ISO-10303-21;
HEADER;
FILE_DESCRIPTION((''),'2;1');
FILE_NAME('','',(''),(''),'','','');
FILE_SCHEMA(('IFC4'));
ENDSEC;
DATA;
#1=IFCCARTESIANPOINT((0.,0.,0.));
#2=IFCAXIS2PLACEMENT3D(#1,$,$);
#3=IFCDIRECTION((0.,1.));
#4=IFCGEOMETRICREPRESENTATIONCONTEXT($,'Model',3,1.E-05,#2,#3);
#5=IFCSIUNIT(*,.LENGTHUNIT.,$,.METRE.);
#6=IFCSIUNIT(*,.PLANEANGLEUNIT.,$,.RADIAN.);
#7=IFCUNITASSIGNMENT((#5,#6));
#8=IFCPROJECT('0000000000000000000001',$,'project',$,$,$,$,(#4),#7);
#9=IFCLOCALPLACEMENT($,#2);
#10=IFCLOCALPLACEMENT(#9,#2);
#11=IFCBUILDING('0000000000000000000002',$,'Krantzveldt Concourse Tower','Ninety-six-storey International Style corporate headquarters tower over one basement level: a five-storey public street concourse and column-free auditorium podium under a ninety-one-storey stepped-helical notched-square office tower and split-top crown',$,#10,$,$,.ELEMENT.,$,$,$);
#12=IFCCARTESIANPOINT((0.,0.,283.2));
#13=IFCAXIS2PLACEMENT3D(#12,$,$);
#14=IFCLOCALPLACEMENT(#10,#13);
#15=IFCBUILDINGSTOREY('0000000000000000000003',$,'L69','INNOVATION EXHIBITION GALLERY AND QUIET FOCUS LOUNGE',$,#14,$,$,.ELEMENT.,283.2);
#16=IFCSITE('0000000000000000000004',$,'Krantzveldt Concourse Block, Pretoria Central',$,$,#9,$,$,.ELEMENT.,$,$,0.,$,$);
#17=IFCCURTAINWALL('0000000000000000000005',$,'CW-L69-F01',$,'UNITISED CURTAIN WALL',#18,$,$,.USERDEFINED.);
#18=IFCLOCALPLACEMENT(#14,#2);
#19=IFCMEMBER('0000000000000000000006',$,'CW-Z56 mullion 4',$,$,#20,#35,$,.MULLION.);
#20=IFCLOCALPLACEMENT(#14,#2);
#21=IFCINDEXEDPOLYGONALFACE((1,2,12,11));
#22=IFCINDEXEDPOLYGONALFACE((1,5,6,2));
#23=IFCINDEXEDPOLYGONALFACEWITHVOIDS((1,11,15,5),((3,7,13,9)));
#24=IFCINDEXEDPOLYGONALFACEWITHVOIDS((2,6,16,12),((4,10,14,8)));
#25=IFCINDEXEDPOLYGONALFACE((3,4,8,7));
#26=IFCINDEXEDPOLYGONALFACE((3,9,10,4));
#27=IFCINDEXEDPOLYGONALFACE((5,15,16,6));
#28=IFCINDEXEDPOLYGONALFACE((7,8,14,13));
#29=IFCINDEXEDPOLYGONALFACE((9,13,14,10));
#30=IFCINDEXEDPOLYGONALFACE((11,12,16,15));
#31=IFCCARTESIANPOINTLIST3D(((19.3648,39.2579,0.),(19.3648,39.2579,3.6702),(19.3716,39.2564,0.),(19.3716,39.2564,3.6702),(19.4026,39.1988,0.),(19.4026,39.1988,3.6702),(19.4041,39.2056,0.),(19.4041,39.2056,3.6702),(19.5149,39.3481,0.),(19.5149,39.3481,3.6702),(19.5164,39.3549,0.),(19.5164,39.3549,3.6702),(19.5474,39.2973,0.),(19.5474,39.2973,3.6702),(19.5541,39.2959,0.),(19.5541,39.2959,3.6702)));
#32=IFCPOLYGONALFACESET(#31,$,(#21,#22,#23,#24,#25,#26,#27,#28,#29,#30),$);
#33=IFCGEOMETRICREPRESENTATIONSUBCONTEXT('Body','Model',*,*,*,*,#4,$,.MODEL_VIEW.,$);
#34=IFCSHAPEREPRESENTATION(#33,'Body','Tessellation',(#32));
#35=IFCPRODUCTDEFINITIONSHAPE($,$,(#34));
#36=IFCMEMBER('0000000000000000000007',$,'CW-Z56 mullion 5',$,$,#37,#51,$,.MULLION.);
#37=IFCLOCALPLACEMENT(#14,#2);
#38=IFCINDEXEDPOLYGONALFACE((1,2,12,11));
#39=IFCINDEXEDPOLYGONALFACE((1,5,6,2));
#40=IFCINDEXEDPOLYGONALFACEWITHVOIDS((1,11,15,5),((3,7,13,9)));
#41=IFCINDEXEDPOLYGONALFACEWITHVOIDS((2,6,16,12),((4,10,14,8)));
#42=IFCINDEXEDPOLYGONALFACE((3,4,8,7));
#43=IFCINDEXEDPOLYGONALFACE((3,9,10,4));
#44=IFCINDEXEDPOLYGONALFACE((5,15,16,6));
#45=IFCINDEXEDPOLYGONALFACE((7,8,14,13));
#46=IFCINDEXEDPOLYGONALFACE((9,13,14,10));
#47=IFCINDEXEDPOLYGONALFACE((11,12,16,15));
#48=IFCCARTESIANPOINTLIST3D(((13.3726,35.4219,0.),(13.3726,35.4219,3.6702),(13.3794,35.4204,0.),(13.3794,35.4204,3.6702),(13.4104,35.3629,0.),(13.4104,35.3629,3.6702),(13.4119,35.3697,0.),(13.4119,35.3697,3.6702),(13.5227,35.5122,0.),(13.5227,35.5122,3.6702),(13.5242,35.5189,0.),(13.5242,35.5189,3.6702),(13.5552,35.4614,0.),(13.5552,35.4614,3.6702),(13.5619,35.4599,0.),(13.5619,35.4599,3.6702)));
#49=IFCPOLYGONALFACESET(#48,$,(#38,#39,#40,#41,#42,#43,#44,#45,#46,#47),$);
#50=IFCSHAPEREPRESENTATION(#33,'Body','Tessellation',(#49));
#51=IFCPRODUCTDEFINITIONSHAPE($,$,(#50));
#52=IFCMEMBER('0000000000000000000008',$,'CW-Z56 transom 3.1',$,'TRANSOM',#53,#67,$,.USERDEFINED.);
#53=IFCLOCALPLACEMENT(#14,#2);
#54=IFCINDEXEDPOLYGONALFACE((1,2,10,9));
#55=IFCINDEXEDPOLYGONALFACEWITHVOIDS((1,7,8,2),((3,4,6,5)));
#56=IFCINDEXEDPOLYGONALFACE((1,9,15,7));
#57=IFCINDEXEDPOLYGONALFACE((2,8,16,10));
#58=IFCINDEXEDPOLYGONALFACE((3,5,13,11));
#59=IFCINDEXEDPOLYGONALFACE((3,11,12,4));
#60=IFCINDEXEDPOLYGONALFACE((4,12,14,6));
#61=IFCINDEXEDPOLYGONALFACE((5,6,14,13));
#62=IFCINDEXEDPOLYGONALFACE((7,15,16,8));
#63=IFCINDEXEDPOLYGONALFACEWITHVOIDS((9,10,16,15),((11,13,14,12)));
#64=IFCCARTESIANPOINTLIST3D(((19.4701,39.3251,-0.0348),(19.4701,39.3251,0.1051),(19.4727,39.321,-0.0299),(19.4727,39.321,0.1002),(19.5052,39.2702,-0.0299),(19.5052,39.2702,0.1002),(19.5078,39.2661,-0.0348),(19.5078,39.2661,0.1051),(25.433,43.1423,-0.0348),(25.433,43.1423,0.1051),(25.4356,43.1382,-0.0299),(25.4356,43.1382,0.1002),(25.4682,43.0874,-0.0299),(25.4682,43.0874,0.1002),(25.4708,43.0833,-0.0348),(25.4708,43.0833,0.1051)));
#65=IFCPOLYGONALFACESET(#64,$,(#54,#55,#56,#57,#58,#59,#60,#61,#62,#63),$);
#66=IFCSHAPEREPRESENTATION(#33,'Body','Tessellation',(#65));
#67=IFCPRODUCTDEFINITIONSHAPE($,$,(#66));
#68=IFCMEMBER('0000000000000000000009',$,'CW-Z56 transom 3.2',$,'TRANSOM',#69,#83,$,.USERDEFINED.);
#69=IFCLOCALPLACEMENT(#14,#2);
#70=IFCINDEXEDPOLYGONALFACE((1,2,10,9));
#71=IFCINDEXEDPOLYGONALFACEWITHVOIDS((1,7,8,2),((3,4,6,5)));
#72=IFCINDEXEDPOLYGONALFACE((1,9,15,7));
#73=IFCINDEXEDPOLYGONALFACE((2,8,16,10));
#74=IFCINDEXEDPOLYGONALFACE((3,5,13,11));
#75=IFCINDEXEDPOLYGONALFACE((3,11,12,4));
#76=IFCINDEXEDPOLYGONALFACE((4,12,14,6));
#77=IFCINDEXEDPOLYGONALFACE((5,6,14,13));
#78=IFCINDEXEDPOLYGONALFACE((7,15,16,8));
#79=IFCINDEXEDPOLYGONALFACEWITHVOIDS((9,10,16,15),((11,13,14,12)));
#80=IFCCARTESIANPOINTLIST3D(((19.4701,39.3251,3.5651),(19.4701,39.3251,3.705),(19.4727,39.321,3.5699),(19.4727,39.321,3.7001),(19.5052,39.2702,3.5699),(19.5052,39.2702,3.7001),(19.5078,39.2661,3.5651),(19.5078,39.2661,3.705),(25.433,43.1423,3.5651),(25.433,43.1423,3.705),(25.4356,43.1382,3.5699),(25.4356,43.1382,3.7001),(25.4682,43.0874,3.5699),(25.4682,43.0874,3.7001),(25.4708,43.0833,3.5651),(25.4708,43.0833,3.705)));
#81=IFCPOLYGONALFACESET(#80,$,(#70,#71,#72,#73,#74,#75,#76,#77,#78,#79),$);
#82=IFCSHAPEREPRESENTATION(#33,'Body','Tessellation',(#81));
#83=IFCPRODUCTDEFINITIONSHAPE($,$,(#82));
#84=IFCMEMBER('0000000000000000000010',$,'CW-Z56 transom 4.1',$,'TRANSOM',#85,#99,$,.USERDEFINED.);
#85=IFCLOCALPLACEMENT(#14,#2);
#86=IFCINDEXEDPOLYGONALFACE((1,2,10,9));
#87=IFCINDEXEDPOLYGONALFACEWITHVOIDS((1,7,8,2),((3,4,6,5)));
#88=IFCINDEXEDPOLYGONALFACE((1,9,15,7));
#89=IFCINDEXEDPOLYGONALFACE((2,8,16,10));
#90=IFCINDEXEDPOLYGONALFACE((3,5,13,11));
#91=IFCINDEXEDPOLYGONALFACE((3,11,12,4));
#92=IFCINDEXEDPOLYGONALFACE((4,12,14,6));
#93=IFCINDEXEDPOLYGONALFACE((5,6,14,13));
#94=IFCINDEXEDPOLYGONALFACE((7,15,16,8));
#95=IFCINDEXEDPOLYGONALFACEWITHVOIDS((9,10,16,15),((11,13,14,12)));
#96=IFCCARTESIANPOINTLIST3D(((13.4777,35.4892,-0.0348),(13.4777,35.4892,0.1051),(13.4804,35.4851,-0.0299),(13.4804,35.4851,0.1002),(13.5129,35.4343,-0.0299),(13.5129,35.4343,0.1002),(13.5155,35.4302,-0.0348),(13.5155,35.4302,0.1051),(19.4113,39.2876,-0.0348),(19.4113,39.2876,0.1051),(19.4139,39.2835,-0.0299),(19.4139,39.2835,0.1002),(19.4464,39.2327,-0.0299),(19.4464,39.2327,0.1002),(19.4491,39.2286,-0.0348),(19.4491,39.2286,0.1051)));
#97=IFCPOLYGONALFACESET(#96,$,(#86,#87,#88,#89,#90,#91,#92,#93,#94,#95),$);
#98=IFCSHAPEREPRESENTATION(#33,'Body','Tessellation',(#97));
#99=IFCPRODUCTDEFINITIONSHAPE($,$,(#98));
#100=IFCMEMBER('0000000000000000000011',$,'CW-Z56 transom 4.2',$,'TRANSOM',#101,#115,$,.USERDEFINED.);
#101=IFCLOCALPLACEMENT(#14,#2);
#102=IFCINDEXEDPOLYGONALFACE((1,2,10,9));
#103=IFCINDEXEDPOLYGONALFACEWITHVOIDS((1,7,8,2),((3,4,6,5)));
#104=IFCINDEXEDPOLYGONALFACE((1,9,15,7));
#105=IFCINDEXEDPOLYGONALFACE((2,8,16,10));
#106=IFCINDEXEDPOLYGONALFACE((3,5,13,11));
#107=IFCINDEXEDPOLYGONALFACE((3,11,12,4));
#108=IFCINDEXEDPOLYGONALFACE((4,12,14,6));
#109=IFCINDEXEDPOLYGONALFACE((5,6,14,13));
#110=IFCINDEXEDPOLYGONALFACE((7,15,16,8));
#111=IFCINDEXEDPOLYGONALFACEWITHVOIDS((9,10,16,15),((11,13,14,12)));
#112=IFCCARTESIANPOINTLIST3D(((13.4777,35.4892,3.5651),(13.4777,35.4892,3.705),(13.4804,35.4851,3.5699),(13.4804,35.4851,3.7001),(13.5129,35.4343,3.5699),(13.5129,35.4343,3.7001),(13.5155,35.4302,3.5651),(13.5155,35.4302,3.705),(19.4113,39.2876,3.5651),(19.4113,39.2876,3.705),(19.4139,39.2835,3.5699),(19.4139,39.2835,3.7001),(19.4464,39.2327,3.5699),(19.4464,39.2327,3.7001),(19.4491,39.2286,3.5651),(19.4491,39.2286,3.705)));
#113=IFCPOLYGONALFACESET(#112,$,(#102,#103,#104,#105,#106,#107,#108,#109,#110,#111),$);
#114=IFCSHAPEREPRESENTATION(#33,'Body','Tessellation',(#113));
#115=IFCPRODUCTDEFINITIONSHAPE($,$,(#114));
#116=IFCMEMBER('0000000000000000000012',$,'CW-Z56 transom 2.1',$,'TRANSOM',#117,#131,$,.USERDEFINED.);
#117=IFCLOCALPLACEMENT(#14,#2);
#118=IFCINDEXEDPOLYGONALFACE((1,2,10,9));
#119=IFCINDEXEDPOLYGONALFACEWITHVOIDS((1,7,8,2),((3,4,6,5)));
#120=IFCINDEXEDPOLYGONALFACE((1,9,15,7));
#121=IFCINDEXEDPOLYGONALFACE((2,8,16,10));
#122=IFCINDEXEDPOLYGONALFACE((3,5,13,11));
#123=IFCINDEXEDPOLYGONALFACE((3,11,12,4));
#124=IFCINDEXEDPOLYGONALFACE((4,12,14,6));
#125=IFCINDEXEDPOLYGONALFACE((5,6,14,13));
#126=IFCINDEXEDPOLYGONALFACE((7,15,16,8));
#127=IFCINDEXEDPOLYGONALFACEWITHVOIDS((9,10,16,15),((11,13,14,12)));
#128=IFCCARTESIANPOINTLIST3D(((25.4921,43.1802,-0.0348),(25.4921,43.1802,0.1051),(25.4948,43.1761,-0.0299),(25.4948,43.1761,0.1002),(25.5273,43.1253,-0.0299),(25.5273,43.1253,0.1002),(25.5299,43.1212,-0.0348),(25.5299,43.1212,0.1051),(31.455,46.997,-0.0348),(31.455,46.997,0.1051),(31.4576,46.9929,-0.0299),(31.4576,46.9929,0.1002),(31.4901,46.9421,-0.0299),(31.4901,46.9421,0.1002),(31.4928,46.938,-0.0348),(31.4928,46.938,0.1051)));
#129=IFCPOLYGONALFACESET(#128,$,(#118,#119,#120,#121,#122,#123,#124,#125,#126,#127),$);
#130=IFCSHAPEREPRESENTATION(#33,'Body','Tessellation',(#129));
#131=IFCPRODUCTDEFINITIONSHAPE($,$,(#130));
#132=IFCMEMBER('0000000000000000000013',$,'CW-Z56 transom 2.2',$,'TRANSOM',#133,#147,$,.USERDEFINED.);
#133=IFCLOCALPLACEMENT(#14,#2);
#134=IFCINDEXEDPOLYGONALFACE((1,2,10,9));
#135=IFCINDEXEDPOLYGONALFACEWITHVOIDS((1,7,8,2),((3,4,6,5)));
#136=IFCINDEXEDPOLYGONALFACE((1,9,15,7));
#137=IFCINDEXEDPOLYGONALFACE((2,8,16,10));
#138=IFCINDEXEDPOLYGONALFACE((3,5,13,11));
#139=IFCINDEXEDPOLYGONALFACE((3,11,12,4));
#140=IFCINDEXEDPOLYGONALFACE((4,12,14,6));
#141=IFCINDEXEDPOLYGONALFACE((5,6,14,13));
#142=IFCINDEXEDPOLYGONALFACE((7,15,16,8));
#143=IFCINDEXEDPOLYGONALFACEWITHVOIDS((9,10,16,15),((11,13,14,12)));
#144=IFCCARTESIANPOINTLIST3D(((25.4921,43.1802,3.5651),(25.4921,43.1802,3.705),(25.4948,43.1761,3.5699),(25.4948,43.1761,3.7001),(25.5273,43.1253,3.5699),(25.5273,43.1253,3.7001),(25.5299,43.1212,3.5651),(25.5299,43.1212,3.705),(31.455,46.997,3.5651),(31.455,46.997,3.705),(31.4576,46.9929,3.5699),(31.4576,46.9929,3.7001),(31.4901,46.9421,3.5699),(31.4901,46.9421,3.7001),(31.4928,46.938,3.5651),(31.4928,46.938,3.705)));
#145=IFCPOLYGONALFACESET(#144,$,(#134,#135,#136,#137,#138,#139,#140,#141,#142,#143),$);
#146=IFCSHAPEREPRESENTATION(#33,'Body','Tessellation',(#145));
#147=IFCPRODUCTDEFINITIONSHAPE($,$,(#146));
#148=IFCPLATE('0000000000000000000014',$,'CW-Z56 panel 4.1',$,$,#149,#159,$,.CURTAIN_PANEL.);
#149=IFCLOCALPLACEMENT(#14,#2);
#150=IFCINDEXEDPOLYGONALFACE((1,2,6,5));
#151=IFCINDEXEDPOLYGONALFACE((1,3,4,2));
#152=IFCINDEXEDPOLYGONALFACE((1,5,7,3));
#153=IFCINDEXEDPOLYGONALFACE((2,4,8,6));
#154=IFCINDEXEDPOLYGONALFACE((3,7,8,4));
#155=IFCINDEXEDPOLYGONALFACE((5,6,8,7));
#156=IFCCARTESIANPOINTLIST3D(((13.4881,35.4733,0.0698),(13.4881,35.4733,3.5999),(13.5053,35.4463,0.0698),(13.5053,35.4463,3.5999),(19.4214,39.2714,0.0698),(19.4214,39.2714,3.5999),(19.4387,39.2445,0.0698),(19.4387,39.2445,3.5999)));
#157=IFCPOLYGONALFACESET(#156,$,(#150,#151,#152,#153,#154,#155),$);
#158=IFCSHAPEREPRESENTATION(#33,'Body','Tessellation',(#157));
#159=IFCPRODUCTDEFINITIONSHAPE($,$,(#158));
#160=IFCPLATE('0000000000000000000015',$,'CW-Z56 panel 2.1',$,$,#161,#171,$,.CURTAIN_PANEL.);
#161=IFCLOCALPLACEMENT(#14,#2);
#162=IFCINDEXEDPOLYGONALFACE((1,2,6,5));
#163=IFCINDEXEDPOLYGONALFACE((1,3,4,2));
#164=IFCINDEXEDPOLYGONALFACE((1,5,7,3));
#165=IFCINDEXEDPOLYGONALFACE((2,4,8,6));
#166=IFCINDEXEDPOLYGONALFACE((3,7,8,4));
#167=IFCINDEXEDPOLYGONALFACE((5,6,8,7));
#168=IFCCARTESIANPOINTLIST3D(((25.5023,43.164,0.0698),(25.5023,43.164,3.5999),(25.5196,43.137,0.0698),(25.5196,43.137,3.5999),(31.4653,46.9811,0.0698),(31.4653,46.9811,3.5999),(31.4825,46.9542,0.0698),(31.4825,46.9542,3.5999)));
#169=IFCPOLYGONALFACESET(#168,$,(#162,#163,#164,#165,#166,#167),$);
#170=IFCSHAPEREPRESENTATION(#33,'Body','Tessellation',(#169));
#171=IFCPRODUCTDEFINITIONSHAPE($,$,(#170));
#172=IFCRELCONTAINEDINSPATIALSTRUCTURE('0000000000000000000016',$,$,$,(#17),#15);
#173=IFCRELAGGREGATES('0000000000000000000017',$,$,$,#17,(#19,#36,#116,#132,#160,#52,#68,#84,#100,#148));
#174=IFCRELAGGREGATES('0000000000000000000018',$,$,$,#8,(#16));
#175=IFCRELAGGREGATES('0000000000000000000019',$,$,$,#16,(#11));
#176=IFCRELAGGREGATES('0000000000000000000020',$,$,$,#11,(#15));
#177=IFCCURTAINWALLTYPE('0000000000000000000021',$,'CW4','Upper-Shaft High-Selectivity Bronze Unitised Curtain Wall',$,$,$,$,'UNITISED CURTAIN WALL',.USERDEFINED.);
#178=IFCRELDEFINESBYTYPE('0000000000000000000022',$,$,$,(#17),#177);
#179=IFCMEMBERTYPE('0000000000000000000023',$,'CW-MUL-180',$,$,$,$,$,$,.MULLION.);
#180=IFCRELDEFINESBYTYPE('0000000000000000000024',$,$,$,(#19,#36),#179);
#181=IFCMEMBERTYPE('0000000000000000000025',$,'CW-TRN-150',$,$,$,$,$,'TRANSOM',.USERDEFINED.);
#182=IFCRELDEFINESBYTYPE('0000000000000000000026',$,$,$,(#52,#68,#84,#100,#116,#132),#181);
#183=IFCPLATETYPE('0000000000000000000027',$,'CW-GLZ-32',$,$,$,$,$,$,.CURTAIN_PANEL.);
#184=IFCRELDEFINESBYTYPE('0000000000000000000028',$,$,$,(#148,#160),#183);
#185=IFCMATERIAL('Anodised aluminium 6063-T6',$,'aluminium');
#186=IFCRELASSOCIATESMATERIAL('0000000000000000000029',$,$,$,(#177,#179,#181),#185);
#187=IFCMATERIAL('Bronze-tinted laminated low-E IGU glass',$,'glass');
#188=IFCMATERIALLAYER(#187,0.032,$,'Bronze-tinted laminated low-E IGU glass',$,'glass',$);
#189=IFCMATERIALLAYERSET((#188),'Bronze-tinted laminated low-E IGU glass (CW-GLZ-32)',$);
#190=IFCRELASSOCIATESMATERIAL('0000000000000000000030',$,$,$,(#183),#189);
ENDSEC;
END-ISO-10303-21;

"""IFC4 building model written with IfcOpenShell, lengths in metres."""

from ifc_helpers import new_model, si_unit, direction, frame, origin, origin_2d, place, context, subcontext, project, spatial, rectangle, hollow_rectangle, extrude, source, transform, mapped, material, layer, layer_set, material_profile, profile_set, type_object, type_shapes, element, aggregate, save


model = new_model("IFC4")

# Units and contexts
model_context = context("Model", 3, precision=1e-05, world=origin(), true_north=direction((0.0, 1.0)))
body_context = subcontext(model_context, "Body", "Model", "MODEL_VIEW")
ifc_project = project(units=[si_unit("LENGTHUNIT", "METRE"), si_unit("PLANEANGLEUNIT", "RADIAN")], contexts=[model_context])

# Site, building, storey
site_placement = place(None, origin())
site = spatial("IfcSite", under=ifc_project, at=site_placement, Name="Krantzveldt Concourse Block, Pretoria Central", CompositionType="ELEMENT", RefElevation=0.0)
building_placement = place(site_placement, origin())
building = spatial("IfcBuilding", under=site, at=building_placement, Name="Krantzveldt Concourse Tower", Description="Ninety-six-storey International Style corporate headquarters tower over one basement level: a five-storey public street concourse and column-free auditorium podium under a ninety-one-storey stepped-helical notched-square office tower and split-top crown", CompositionType="ELEMENT")
storey_placement = place(building_placement, frame((0.0, 0.0, 283.2)))
storey = spatial("IfcBuildingStorey", under=building, at=storey_placement, Name="L69", Description="INNOVATION EXHIBITION GALLERY AND QUIET FOCUS LOUNGE", CompositionType="ELEMENT", Elevation=283.2)

# Curtain wall, members, plates
ifc_material_1 = material(Name="Anodised aluminium 6063-T6", Category="aluminium")
curtain_wall_type = type_object("IfcCurtainWallType", Name="CW4", Description="Upper-Shaft High-Selectivity Bronze Unitised Curtain Wall", ElementType="UNITISED CURTAIN WALL", PredefinedType="USERDEFINED", material=ifc_material_1)
curtain_wall_placement = place(storey_placement, origin())
curtain_wall = element("IfcCurtainWall", 1, at=curtain_wall_placement, inside=storey, type_object=curtain_wall_type, Name="CW-L69-F01", ObjectType="UNITISED CURTAIN WALL", PredefinedType="USERDEFINED")
ifc_material_profile_1 = material_profile(ifc_material_1, hollow_rectangle(XDim=0.0701, YDim=0.1799, WallThickness=0.0049, at=origin_2d()), Name="Anodised aluminium 6063-T6", Category="aluminium")
ifc_profile_set_1 = profile_set([ifc_material_profile_1], Name="Anodised aluminium 6063-T6 - ALU-MULL 180x70x5")
member_type_1 = type_object("IfcMemberType", Name="CW-MUL-180", PredefinedType="MULLION", material=ifc_profile_set_1)
shared_shape_1 = source(origin(), body_context, "Body", "SweptSolid", [
    extrude(hollow_rectangle(XDim=0.0701, YDim=0.1799, WallThickness=0.0049, at=origin_2d()), origin(), (0.0, 0.0, 1.0), 3.6702),
])
type_shapes(member_type_1, [shared_shape_1])
member_1_placement = place(storey_placement, frame((19.4595, 39.2769, 0.0), z_axis=(0.0, 0.0, 1.0), x_axis=(0.539138, -0.842217, 0.0)))
member_1 = element("IfcMember", 2, at=member_1_placement, type_object=member_type_1, Name="CW-Z56 mullion 4", PredefinedType="MULLION", context=body_context, shape_type="MappedRepresentation", body=[
    mapped(shared_shape_1, transform((0.0, 0.0, 0.0), x_axis=(1.0, 0.0, 0.0), y_axis=(0.0, 1.0, 0.0), z_axis=(0.0, 0.0, 1.0), scale=1.0)),
])
member_2_placement = place(storey_placement, frame((13.4673, 35.4409, 0.0), z_axis=(0.0, 0.0, 1.0), x_axis=(0.539138, -0.842217, 0.0)))
member_2 = element("IfcMember", 3, at=member_2_placement, type_object=member_type_1, Name="CW-Z56 mullion 5", PredefinedType="MULLION", context=body_context, shape_type="MappedRepresentation", body=[
    mapped(shared_shape_1, transform((0.0, 0.0, 0.0), x_axis=(1.0, 0.0, 0.0), y_axis=(0.0, 1.0, 0.0), z_axis=(0.0, 0.0, 1.0), scale=1.0)),
])
ifc_material_profile_2 = material_profile(ifc_material_1, hollow_rectangle(XDim=0.0701, YDim=0.1399, WallThickness=0.0049, at=origin_2d()), Name="Anodised aluminium 6063-T6", Category="aluminium")
ifc_profile_set_2 = profile_set([ifc_material_profile_2], Name="Anodised aluminium 6063-T6 - ALU-TRAN 140x70x5")
member_type_2 = type_object("IfcMemberType", Name="CW-TRN-150", ElementType="TRANSOM", PredefinedType="USERDEFINED", material=ifc_profile_set_2)
shared_shape_2 = source(origin(), body_context, "Body", "SweptSolid", [
    extrude(hollow_rectangle(XDim=0.0701, YDim=0.1399, WallThickness=0.0049, at=origin_2d()), origin(), (0.0, 0.0, 1.0), 7.0801),
])
member_3_placement = place(storey_placement, frame((25.4519, 43.1128, 0.0352), z_axis=(-0.842214, -0.539143, 0.0), x_axis=(0.539143, -0.842214, 0.0)))
member_3 = element("IfcMember", 4, at=member_3_placement, type_object=member_type_2, Name="CW-Z56 transom 3.1", ObjectType="TRANSOM", PredefinedType="USERDEFINED", context=body_context, shape_type="MappedRepresentation", body=[
    mapped(shared_shape_2, transform((0.0, 0.0, 0.0), x_axis=(1.0, 0.0, 0.0), y_axis=(0.0, 1.0, 0.0), z_axis=(0.0, 0.0, 1.0), scale=1.0)),
])
member_4_placement = place(storey_placement, frame((25.4519, 43.1128, 3.635), z_axis=(-0.842214, -0.539143, 0.0), x_axis=(0.539143, -0.842214, 0.0)))
member_4 = element("IfcMember", 5, at=member_4_placement, type_object=member_type_2, Name="CW-Z56 transom 3.2", ObjectType="TRANSOM", PredefinedType="USERDEFINED", context=body_context, shape_type="MappedRepresentation", body=[
    mapped(shared_shape_2, transform((0.0, 0.0, 0.0), x_axis=(1.0, 0.0, 0.0), y_axis=(0.0, 1.0, 0.0), z_axis=(0.0, 0.0, 1.0), scale=1.0)),
])
shared_shape_3 = source(origin(), body_context, "Body", "SweptSolid", [
    extrude(hollow_rectangle(XDim=0.0701, YDim=0.1399, WallThickness=0.0049, at=origin_2d()), origin(), (0.0, 0.0, 1.0), 7.0452),
])
member_5_placement = place(storey_placement, frame((19.4302, 39.2581, 0.0352), z_axis=(-0.842217, -0.539138, 0.0), x_axis=(0.539138, -0.842217, 0.0)))
member_5 = element("IfcMember", 6, at=member_5_placement, type_object=member_type_2, Name="CW-Z56 transom 4.1", ObjectType="TRANSOM", PredefinedType="USERDEFINED", context=body_context, shape_type="MappedRepresentation", body=[
    mapped(shared_shape_3, transform((0.0, 0.0, 0.0), x_axis=(1.0, 0.0, 0.0), y_axis=(0.0, 1.0, 0.0), z_axis=(0.0, 0.0, 1.0), scale=1.0)),
])
member_6_placement = place(storey_placement, frame((19.4302, 39.2581, 3.635), z_axis=(-0.842217, -0.539138, 0.0), x_axis=(0.539138, -0.842217, 0.0)))
member_6 = element("IfcMember", 7, at=member_6_placement, type_object=member_type_2, Name="CW-Z56 transom 4.2", ObjectType="TRANSOM", PredefinedType="USERDEFINED", context=body_context, shape_type="MappedRepresentation", body=[
    mapped(shared_shape_3, transform((0.0, 0.0, 0.0), x_axis=(1.0, 0.0, 0.0), y_axis=(0.0, 1.0, 0.0), z_axis=(0.0, 0.0, 1.0), scale=1.0)),
])
shared_shape_4 = source(origin(), body_context, "Body", "SweptSolid", [
    extrude(hollow_rectangle(XDim=0.0701, YDim=0.1399, WallThickness=0.0049, at=origin_2d()), origin(), (0.0, 0.0, 1.0), 7.0798),
])
type_shapes(member_type_2, [shared_shape_2, shared_shape_3, shared_shape_4])
member_7_placement = place(storey_placement, frame((31.4739, 46.9675, 0.0352), z_axis=(-0.84223, -0.539118, 0.0), x_axis=(0.539118, -0.84223, 0.0)))
member_7 = element("IfcMember", 8, at=member_7_placement, type_object=member_type_2, Name="CW-Z56 transom 2.1", ObjectType="TRANSOM", PredefinedType="USERDEFINED", context=body_context, shape_type="MappedRepresentation", body=[
    mapped(shared_shape_4, transform((0.0, 0.0, 0.0), x_axis=(1.0, 0.0, 0.0), y_axis=(0.0, 1.0, 0.0), z_axis=(0.0, 0.0, 1.0), scale=1.0)),
])
member_8_placement = place(storey_placement, frame((31.4739, 46.9675, 3.635), z_axis=(-0.84223, -0.539118, 0.0), x_axis=(0.539118, -0.84223, 0.0)))
member_8 = element("IfcMember", 9, at=member_8_placement, type_object=member_type_2, Name="CW-Z56 transom 2.2", ObjectType="TRANSOM", PredefinedType="USERDEFINED", context=body_context, shape_type="MappedRepresentation", body=[
    mapped(shared_shape_4, transform((0.0, 0.0, 0.0), x_axis=(1.0, 0.0, 0.0), y_axis=(0.0, 1.0, 0.0), z_axis=(0.0, 0.0, 1.0), scale=1.0)),
])
ifc_material_2 = material(Name="Bronze-tinted laminated low-E IGU glass", Category="glass")
ifc_layer_1 = layer(ifc_material_2, 0.032, Name="Bronze-tinted laminated low-E IGU glass", Category="glass")
ifc_layer_set_1 = layer_set([ifc_layer_1], Name="Bronze-tinted laminated low-E IGU glass (CW-GLZ-32)")
plate_type = type_object("IfcPlateType", Name="CW-GLZ-32", PredefinedType="CURTAIN_PANEL", material=ifc_layer_set_1)
shared_shape_5 = source(origin(), body_context, "Body", "SweptSolid", [
    extrude(rectangle(XDim=7.0449, YDim=0.032, at=origin_2d()), origin(), (0.0, 0.0, 1.0), 3.53),
])
plate_1_placement = place(storey_placement, frame((16.4634, 37.3589, 0.0698), z_axis=(0.0, 0.0, 1.0), x_axis=(-0.842217, -0.539138, 0.0)))
plate_1 = element("IfcPlate", 10, at=plate_1_placement, type_object=plate_type, Name="CW-Z56 panel 4.1", PredefinedType="CURTAIN_PANEL", context=body_context, shape_type="MappedRepresentation", body=[
    mapped(shared_shape_5, transform((0.0, 0.0, 0.0), x_axis=(1.0, 0.0, 0.0), y_axis=(0.0, 1.0, 0.0), z_axis=(0.0, 0.0, 1.0), scale=1.0)),
])
shared_shape_6 = source(origin(), body_context, "Body", "SweptSolid", [
    extrude(rectangle(XDim=7.0801, YDim=0.032, at=origin_2d()), origin(), (0.0, 0.0, 1.0), 3.53),
])
type_shapes(plate_type, [shared_shape_5, shared_shape_6])
plate_2_placement = place(storey_placement, frame((28.4924, 45.0591, 0.0698), z_axis=(0.0, 0.0, 1.0), x_axis=(-0.842217, -0.539138, 0.0)))
plate_2 = element("IfcPlate", 11, at=plate_2_placement, type_object=plate_type, Name="CW-Z56 panel 2.1", PredefinedType="CURTAIN_PANEL", context=body_context, shape_type="MappedRepresentation", body=[
    mapped(shared_shape_6, transform((0.0, 0.0, 0.0), x_axis=(1.0, 0.0, 0.0), y_axis=(0.0, 1.0, 0.0), z_axis=(0.0, 0.0, 1.0), scale=1.0)),
])
aggregate(curtain_wall, [member_1, member_2, member_7, member_8, plate_2, member_3, member_4, member_5, member_6, plate_1])

save(model, "model.ifc")
